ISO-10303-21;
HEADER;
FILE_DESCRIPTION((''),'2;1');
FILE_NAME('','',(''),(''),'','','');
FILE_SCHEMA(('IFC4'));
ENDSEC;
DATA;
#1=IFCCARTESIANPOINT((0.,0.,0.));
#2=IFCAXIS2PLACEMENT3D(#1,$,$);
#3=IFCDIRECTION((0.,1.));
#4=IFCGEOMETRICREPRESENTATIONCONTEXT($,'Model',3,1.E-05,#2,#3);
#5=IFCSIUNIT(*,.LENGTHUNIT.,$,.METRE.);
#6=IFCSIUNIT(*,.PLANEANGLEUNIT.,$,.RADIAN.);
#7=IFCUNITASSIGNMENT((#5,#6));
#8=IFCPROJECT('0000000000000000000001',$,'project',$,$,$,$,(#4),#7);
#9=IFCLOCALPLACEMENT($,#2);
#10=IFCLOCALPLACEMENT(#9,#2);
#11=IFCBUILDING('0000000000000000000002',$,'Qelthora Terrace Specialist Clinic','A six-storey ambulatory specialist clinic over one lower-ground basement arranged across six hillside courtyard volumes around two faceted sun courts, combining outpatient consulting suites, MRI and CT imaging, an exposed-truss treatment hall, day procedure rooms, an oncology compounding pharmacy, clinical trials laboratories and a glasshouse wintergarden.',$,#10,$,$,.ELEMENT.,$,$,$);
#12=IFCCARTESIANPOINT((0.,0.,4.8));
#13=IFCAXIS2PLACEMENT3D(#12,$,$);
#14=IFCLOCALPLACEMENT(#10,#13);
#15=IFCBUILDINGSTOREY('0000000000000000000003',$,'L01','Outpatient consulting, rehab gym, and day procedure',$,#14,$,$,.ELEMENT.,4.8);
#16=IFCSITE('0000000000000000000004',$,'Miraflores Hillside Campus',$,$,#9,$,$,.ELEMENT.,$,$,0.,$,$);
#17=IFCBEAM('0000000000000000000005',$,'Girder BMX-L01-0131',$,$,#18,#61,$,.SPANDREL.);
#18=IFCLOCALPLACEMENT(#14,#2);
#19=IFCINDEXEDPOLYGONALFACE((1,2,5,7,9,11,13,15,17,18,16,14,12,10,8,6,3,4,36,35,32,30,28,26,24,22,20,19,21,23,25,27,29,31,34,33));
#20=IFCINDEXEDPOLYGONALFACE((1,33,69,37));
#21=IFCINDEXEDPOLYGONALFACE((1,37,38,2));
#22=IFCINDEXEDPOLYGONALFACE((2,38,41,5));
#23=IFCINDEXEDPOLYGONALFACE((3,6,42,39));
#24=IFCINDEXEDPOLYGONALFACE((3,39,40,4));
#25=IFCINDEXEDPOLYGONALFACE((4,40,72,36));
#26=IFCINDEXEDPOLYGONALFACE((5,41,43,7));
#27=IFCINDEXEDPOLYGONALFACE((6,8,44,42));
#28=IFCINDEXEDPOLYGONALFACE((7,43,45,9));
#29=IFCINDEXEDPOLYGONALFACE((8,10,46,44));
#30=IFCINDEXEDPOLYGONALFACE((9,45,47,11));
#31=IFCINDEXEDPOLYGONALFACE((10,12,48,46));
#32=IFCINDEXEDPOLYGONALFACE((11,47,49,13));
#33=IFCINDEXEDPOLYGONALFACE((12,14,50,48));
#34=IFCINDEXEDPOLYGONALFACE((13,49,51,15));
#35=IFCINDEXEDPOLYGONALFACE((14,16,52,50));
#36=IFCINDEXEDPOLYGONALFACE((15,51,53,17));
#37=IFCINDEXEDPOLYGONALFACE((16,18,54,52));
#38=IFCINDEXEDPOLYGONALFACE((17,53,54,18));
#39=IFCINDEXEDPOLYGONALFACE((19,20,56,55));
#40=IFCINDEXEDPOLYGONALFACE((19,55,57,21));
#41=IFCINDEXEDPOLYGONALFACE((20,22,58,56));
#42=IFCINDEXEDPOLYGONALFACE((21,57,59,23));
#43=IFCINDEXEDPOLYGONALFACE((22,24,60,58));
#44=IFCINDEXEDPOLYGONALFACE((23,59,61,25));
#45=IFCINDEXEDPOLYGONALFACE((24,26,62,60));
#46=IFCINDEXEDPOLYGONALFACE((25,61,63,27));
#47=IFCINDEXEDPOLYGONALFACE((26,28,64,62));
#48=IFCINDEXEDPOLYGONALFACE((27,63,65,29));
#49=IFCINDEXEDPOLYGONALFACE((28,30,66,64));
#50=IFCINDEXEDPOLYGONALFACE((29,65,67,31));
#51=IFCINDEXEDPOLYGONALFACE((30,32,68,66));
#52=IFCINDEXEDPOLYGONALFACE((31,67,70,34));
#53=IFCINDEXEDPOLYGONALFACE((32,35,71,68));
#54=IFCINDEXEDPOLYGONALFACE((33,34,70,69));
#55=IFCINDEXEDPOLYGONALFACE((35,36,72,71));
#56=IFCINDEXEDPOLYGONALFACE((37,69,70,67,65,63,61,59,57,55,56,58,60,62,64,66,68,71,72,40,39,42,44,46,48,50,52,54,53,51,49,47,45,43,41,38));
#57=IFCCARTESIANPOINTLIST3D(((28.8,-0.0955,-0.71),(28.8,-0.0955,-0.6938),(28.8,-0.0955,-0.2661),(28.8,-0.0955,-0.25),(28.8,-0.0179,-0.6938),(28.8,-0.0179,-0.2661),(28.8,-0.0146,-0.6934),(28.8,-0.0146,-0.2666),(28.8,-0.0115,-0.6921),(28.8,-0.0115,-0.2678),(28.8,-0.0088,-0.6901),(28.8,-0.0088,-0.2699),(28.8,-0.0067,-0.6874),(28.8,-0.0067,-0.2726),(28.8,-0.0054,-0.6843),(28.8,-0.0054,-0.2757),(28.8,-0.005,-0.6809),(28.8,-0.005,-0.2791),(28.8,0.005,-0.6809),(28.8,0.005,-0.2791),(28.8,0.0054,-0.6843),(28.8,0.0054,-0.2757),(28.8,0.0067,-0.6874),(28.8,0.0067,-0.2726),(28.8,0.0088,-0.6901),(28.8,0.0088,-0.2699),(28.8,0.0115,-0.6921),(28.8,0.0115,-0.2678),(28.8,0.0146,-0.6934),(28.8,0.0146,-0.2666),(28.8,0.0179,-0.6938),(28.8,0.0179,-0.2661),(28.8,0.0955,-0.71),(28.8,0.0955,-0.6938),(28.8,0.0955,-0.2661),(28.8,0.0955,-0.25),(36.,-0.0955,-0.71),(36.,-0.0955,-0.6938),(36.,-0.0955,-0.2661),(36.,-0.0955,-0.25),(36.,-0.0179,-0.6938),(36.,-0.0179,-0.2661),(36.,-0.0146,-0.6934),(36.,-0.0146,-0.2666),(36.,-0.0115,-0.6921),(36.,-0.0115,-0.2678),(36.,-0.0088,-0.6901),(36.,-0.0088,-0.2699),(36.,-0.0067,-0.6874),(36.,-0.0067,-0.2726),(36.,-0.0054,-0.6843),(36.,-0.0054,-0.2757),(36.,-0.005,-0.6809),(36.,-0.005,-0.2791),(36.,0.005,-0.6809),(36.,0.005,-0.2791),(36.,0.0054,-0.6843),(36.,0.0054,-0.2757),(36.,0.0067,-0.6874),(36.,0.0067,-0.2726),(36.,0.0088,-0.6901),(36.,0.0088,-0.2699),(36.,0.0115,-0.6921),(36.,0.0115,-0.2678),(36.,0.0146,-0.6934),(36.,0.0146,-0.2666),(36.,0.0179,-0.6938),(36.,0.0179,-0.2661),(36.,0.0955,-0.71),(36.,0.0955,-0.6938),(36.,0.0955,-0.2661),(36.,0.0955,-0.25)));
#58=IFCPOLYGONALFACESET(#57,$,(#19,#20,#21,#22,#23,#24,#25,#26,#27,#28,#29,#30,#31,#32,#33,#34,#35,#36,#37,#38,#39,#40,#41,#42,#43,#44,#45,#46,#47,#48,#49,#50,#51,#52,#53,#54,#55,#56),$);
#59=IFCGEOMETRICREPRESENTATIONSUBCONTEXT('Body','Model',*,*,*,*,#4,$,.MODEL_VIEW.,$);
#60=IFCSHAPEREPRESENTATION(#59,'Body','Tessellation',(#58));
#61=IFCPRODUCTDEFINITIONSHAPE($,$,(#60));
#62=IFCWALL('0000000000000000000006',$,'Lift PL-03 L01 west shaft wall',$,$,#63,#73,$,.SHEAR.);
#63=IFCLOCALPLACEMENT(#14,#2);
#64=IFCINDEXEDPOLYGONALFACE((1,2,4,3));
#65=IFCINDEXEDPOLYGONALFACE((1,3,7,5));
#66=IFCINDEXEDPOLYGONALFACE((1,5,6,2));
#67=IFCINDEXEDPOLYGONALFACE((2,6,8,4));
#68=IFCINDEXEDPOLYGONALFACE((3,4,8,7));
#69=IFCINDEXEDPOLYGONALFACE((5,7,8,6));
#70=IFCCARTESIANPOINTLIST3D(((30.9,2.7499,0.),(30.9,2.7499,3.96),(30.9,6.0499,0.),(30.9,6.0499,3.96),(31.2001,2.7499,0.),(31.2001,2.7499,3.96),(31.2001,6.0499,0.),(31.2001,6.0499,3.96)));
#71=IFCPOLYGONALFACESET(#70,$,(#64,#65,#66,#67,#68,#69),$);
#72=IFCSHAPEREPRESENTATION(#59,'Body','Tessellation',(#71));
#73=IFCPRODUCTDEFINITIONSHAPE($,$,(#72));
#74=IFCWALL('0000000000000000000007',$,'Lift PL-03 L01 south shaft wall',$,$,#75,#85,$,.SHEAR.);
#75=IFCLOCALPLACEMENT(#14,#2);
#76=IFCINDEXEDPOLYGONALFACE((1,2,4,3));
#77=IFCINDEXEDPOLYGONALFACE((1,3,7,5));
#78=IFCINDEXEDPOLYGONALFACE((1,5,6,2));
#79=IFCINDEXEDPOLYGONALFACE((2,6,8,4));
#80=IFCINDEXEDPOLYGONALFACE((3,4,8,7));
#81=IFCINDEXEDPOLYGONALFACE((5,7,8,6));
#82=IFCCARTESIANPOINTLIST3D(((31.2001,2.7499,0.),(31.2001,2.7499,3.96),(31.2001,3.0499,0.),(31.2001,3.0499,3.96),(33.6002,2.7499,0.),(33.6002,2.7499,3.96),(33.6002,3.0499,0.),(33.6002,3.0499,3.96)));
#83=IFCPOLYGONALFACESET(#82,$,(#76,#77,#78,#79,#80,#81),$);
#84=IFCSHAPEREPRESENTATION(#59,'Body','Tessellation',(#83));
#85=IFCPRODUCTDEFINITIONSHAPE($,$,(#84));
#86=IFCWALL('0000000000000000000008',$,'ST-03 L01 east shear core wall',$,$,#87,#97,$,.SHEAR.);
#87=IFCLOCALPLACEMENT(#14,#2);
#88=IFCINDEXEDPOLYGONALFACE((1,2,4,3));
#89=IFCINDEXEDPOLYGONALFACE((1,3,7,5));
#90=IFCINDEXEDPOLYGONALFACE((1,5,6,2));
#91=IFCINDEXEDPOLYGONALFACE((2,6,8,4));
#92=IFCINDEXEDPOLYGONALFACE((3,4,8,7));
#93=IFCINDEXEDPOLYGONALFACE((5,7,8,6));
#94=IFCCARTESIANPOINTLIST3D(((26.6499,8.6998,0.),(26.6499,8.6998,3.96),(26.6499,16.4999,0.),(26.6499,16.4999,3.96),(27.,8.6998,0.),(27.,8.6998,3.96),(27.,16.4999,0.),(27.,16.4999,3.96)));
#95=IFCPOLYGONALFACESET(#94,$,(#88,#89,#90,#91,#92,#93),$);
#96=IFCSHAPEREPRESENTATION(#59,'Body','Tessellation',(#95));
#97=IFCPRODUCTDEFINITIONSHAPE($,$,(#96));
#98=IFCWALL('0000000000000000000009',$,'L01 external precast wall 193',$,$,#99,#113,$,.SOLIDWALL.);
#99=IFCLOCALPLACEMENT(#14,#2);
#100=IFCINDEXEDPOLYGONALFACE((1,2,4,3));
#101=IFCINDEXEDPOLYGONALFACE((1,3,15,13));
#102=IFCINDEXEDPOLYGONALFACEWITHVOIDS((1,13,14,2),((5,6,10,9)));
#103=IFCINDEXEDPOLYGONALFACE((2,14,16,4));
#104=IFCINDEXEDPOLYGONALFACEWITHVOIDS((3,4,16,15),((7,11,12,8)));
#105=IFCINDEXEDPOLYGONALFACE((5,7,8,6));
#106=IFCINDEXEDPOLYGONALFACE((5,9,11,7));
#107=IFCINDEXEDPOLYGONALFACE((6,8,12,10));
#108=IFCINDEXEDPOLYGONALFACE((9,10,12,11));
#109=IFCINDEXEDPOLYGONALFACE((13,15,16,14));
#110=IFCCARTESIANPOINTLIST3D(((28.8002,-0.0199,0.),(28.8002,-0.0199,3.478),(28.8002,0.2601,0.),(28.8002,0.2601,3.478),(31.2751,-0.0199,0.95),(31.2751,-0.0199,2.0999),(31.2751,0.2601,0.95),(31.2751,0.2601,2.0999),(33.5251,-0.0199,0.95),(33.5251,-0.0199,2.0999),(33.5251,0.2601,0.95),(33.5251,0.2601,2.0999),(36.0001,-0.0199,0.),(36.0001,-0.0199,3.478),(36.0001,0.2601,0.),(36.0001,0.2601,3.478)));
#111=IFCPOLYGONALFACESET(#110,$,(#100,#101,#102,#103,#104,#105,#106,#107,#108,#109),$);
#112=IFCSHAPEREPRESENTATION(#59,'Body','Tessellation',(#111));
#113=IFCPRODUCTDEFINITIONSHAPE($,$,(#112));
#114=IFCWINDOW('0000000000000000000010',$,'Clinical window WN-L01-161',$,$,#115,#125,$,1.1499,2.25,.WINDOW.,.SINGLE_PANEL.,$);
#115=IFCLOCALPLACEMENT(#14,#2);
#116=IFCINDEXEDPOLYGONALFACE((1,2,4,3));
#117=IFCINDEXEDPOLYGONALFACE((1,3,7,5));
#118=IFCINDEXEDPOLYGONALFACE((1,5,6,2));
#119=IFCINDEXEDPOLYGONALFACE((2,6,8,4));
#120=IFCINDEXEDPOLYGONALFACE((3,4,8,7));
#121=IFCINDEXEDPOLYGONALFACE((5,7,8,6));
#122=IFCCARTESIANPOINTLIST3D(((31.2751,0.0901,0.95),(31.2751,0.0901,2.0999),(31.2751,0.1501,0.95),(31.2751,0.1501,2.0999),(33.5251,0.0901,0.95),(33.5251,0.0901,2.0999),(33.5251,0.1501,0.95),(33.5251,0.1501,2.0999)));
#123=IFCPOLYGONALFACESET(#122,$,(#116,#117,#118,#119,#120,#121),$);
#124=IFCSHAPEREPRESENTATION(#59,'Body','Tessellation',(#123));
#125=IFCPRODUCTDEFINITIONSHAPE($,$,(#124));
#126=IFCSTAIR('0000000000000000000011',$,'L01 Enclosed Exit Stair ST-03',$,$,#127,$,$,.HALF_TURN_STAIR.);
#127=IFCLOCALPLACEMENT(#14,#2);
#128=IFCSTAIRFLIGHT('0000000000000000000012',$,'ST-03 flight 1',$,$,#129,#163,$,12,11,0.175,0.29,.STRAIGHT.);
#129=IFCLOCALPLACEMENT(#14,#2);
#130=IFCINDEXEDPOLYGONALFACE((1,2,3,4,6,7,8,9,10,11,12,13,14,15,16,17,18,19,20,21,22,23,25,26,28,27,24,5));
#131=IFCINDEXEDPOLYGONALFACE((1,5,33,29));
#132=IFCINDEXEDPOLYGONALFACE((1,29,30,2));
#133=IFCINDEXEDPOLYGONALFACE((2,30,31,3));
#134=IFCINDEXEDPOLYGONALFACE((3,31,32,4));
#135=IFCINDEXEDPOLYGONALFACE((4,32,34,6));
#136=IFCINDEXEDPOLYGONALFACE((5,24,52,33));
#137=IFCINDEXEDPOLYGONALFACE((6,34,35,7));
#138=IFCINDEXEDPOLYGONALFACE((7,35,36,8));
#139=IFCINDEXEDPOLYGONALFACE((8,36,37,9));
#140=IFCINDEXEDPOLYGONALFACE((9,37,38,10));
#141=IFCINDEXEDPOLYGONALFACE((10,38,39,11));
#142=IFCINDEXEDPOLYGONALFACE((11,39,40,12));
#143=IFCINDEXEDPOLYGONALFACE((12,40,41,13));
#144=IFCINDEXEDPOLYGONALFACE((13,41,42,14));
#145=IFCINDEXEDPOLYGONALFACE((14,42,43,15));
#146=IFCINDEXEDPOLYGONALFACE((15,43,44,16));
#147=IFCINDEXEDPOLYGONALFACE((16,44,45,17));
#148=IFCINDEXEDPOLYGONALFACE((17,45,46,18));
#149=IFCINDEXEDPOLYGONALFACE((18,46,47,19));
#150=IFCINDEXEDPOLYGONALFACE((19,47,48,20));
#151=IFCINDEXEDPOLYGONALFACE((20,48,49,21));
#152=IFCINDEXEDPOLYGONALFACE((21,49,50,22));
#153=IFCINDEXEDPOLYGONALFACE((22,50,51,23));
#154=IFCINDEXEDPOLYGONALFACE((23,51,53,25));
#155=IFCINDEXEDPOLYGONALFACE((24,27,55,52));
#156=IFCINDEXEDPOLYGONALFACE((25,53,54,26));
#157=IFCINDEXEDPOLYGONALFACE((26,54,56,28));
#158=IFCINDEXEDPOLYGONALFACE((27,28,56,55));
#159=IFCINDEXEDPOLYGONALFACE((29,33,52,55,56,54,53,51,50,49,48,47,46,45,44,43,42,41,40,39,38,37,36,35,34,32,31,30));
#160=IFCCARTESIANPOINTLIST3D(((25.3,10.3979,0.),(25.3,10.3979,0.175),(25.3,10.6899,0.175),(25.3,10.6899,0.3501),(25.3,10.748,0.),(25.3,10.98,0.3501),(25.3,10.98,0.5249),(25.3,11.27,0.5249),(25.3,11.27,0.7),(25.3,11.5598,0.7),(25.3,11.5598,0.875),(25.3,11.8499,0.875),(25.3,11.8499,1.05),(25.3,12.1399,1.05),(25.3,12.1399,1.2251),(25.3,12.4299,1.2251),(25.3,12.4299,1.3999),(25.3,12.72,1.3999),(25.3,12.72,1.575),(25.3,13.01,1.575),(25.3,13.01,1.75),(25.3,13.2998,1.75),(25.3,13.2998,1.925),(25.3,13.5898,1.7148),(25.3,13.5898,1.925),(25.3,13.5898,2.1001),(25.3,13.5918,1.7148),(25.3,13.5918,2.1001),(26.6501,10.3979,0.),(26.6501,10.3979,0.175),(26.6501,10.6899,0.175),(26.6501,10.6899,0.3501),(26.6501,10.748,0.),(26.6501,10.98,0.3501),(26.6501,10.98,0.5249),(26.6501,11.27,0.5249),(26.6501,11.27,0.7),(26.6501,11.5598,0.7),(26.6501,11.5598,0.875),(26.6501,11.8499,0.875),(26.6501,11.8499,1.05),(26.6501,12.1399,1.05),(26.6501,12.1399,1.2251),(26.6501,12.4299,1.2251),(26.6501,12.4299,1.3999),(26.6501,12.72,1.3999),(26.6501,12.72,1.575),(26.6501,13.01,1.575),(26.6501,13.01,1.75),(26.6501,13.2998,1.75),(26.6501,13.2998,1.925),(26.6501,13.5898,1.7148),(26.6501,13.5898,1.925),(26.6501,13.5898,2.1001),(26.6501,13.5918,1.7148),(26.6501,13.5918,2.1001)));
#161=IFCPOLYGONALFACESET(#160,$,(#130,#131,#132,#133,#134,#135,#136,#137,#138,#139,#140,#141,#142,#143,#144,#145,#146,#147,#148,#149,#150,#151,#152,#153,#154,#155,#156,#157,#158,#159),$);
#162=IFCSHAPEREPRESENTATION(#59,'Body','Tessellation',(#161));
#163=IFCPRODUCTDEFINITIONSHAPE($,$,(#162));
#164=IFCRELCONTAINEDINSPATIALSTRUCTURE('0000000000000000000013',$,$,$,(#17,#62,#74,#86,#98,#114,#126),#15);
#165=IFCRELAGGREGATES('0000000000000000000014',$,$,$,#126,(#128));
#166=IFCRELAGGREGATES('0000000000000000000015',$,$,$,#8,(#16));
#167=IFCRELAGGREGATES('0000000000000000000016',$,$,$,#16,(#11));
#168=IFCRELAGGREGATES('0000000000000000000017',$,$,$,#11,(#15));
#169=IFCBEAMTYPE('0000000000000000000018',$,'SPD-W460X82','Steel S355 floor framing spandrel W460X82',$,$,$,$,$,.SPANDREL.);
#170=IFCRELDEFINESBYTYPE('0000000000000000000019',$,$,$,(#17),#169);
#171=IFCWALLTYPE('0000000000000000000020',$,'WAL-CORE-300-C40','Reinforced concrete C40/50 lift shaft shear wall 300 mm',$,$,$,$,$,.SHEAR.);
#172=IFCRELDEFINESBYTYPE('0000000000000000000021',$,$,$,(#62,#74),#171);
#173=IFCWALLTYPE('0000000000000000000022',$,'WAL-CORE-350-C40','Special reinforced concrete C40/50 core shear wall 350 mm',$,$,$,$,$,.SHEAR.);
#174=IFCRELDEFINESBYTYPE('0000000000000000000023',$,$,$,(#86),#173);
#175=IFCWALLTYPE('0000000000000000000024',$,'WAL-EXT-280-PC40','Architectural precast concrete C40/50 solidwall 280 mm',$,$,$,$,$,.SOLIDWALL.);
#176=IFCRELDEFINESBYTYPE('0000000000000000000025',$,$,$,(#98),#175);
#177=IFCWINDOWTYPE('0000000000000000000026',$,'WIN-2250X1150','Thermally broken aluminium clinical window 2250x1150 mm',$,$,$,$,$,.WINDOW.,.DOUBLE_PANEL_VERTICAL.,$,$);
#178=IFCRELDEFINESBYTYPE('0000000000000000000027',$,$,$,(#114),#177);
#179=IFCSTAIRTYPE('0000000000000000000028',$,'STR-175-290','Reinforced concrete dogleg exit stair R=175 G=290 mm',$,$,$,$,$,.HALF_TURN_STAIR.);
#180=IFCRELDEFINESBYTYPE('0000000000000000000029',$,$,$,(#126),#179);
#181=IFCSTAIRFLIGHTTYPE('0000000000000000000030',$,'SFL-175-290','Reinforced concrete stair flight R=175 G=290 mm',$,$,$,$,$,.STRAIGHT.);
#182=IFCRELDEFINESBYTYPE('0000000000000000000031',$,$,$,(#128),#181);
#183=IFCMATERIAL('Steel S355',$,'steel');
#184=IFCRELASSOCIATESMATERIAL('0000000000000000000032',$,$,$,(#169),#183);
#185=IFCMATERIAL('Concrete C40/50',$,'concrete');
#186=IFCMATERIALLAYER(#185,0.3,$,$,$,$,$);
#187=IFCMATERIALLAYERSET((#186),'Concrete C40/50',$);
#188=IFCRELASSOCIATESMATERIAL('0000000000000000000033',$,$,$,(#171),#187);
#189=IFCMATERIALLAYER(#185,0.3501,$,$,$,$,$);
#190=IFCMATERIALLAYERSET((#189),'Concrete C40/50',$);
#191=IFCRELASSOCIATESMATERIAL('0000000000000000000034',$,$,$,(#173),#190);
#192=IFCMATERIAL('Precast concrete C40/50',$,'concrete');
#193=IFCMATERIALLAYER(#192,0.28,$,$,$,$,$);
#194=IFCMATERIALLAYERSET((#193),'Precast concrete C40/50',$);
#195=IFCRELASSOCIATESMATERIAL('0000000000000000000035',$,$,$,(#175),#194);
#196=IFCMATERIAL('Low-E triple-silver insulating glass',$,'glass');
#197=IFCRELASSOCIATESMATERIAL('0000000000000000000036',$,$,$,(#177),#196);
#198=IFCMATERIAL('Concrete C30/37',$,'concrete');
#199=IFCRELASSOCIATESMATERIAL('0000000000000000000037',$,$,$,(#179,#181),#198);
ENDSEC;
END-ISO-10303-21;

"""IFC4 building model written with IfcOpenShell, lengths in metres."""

from ifc_helpers import new_model, si_unit, direction, frame, frame_2d, origin, origin_2d, place, context, subcontext, project, spatial, polyline, rectangle, i_section, outline, extrude, material, layer, layer_set, material_profile, profile_set, type_object, element, fill, aggregate, save


model = new_model("IFC4")

# Units and contexts
model_context = context("Model", 3, precision=1e-05, world=origin(), true_north=direction((0.0, 1.0)))
body_context = subcontext(model_context, "Body", "Model", "MODEL_VIEW")
ifc_project = project(units=[si_unit("LENGTHUNIT", "METRE"), si_unit("PLANEANGLEUNIT", "RADIAN")], contexts=[model_context])

# Site, building, storey
site_placement = place(None, origin())
site = spatial("IfcSite", under=ifc_project, at=site_placement, Name="Miraflores Hillside Campus", CompositionType="ELEMENT", RefElevation=0.0)
building_placement = place(site_placement, origin())
building = spatial("IfcBuilding", under=site, at=building_placement, Name="Qelthora Terrace Specialist Clinic", Description="A six-storey ambulatory specialist clinic over one lower-ground basement arranged across six hillside courtyard volumes around two faceted sun courts, combining outpatient consulting suites, MRI and CT imaging, an exposed-truss treatment hall, day procedure rooms, an oncology compounding pharmacy, clinical trials laboratories and a glasshouse wintergarden.", CompositionType="ELEMENT")
storey_placement = place(building_placement, frame((0.0, 0.0, 4.8)))
storey = spatial("IfcBuildingStorey", under=building, at=storey_placement, Name="L01", Description="Outpatient consulting, rehab gym, and day procedure", CompositionType="ELEMENT", Elevation=4.8)

# Shared definitions
ifc_material_1 = material(Name="Steel S355", Category="steel")

# Beam
ifc_material_profile_1 = material_profile(ifc_material_1, i_section(OverallWidth=0.1909, OverallDepth=0.46, WebThickness=0.01, FlangeThickness=0.0161, FilletRadius=0.0129, at=origin_2d()), Name="W460X82")
ifc_profile_set_1 = profile_set([ifc_material_profile_1], Name="Steel S355")
beam_type_1 = type_object("IfcBeamType", Name="SPD-W460X82", Description="Steel S355 floor framing spandrel W460X82", PredefinedType="SPANDREL", material=ifc_profile_set_1)
beam_1_placement = place(storey_placement, frame((28.8, 0.0, -0.48), z_axis=(1.0, 0.0, 0.0), x_axis=(0.0, 1.0, 0.0)))
element("IfcBeam", 1, at=beam_1_placement, inside=storey, type_object=beam_type_1, Name="Girder BMX-L01-0131", PredefinedType="SPANDREL", context=body_context, shape_type="SweptSolid", body=[
    extrude(i_section(OverallWidth=0.1909, OverallDepth=0.46, WebThickness=0.01, FlangeThickness=0.0161, FilletRadius=0.0129, at=origin_2d()), origin(), (0.0, 0.0, 1.0), 7.2),
])

# Wall
ifc_material_2 = material(Name="Concrete C40/50", Category="concrete")
ifc_layer_1 = layer(ifc_material_2, 0.3)
ifc_layer_set_1 = layer_set([ifc_layer_1], Name="Concrete C40/50")
wall_type_1 = type_object("IfcWallType", Name="WAL-CORE-300-C40", Description="Reinforced concrete C40/50 lift shaft shear wall 300 mm", PredefinedType="SHEAR", material=ifc_layer_set_1)
wall_1_placement = place(storey_placement, frame((31.05, 2.75, 0.0), z_axis=(0.0, 0.0, 1.0), x_axis=(0.0, 1.0, 0.0)))
element("IfcWall", 2, at=wall_1_placement, inside=storey, type_object=wall_type_1, Name="Lift PL-03 L01 west shaft wall", PredefinedType="SHEAR", context=body_context, shape_type="SweptSolid", body=[
    extrude(rectangle(XDim=3.3, YDim=0.3, at=frame_2d((1.6499, 0.0))), origin(), (0.0, 0.0, 1.0), 3.96),
])

# Walls
wall_2_placement = place(storey_placement, frame((31.2, 2.8999, 0.0), z_axis=(0.0, 0.0, 1.0), x_axis=(1.0, 0.0, 0.0)))
element("IfcWall", 3, at=wall_2_placement, inside=storey, type_object=wall_type_1, Name="Lift PL-03 L01 south shaft wall", PredefinedType="SHEAR", context=body_context, shape_type="SweptSolid", body=[
    extrude(rectangle(XDim=2.4001, YDim=0.3, at=frame_2d((1.2002, 0.0))), origin(), (0.0, 0.0, 1.0), 3.96),
])
ifc_layer_2 = layer(ifc_material_2, 0.3501)
ifc_layer_set_2 = layer_set([ifc_layer_2], Name="Concrete C40/50")
wall_type_2 = type_object("IfcWallType", Name="WAL-CORE-350-C40", Description="Special reinforced concrete C40/50 core shear wall 350 mm", PredefinedType="SHEAR", material=ifc_layer_set_2)
wall_3_placement = place(storey_placement, frame((26.825, 8.7, 0.0), z_axis=(0.0, 0.0, 1.0), x_axis=(0.0, 1.0, 0.0)))
element("IfcWall", 4, at=wall_3_placement, inside=storey, type_object=wall_type_2, Name="ST-03 L01 east shear core wall", PredefinedType="SHEAR", context=body_context, shape_type="SweptSolid", body=[
    extrude(rectangle(XDim=7.8, YDim=0.3501, at=frame_2d((3.8999, 0.0))), origin(), (0.0, 0.0, 1.0), 3.96),
])

# Wall, opening, window
ifc_material_3 = material(Name="Precast concrete C40/50", Category="concrete")
ifc_layer_3 = layer(ifc_material_3, 0.28)
ifc_layer_set_3 = layer_set([ifc_layer_3], Name="Precast concrete C40/50")
wall_type_3 = type_object("IfcWallType", Name="WAL-EXT-280-PC40", Description="Architectural precast concrete C40/50 solidwall 280 mm", PredefinedType="SOLIDWALL", material=ifc_layer_set_3)
wall_4_placement = place(storey_placement, frame((28.8, 0.1201, 0.0), z_axis=(0.0, 0.0, 1.0), x_axis=(1.0, 0.0, 0.0)))
wall_4 = element("IfcWall", 5, at=wall_4_placement, inside=storey, type_object=wall_type_3, Name="L01 external precast wall 193", PredefinedType="SOLIDWALL", context=body_context, shape_type="SweptSolid", body=[
    extrude(rectangle(XDim=7.2, YDim=0.28, at=frame_2d((3.6001, 0.0))), origin(), (0.0, 0.0, 1.0), 3.478),
])
opening_1_placement = place(wall_4_placement, frame((2.4751, 0.0, 0.95)))
opening_1 = element("IfcOpeningElement", 6, at=opening_1_placement, cuts=wall_4, PredefinedType="OPENING", context=body_context, shape_type="SweptSolid", body=[
    extrude(rectangle(XDim=2.25, YDim=1.1499, at=frame_2d((1.125, 0.575))), frame((0.0, 0.1499, 0.0), z_axis=(0.0, -1.0, 0.0), x_axis=(1.0, 0.0, 0.0)), (0.0, 0.0, 1.0), 0.3),
])
ifc_material_4 = material(Name="Low-E triple-silver insulating glass", Category="glass")
window_type = type_object("IfcWindowType", Name="WIN-2250X1150", Description="Thermally broken aluminium clinical window 2250x1150 mm", PartitioningType="DOUBLE_PANEL_VERTICAL", PredefinedType="WINDOW", material=ifc_material_4)
window_placement = place(opening_1_placement, origin())
window = element("IfcWindow", 7, at=window_placement, inside=storey, type_object=window_type, Name="Clinical window WN-L01-161", OverallHeight=1.1499, OverallWidth=2.25, PartitioningType="SINGLE_PANEL", PredefinedType="WINDOW", context=body_context, shape_type="SweptSolid", body=[
    extrude(rectangle(XDim=2.25, YDim=1.1499, at=frame_2d((1.125, 0.575))), frame((0.0, 0.03, 0.0), z_axis=(0.0, -1.0, 0.0), x_axis=(1.0, 0.0, 0.0)), (0.0, 0.0, 1.0), 0.0601),
])
fill(opening_1, window)

# Stair, stair flight
ifc_material_5 = material(Name="Concrete C30/37", Category="concrete")
stair_type = type_object("IfcStairType", Name="STR-175-290", Description="Reinforced concrete dogleg exit stair R=175 G=290 mm", PredefinedType="HALF_TURN_STAIR", material=ifc_material_5)
stair_placement = place(storey_placement, origin())
stair = element("IfcStair", 8, at=stair_placement, inside=storey, type_object=stair_type, Name="L01 Enclosed Exit Stair ST-03", PredefinedType="HALF_TURN_STAIR")
stair_flight_type = type_object("IfcStairFlightType", Name="SFL-175-290", Description="Reinforced concrete stair flight R=175 G=290 mm", PredefinedType="STRAIGHT", material=ifc_material_5)
stair_flight_placement = place(storey_placement, frame((25.9751, 10.3999, 0.0), z_axis=(0.0, 0.0, 1.0), x_axis=(0.0, 1.0, 0.0)))
stair_flight = element("IfcStairFlight", 9, at=stair_flight_placement, type_object=stair_flight_type, Name="ST-03 flight 1", NumberOfRisers=12, NumberOfTreads=11, PredefinedType="STRAIGHT", RiserHeight=0.175, TreadLength=0.29, context=body_context, shape_type="SweptSolid", body=[
    extrude(outline(polyline([(-0.002, 0.0), (-0.002, 0.175), (0.29, 0.175), (0.29, 0.3501), (0.5801, 0.3501), (0.5801, 0.5249), (0.8701, 0.5249), (0.8701, 0.7), (1.1599, 0.7), (1.1599, 0.875), (1.45, 0.875), (1.45, 1.05), (1.74, 1.05), (1.74, 1.2251), (2.03, 1.2251), (2.03, 1.3999), (2.3201, 1.3999), (2.3201, 1.575), (2.6101, 1.575), (2.6101, 1.75), (2.8999, 1.75), (2.8999, 1.925), (3.1899, 1.925), (3.1899, 2.1001), (3.1919, 2.1001), (3.1919, 1.7148), (3.1899, 1.7148), (0.3481, 0.0), (-0.002, 0.0)])), frame((0.0, 0.675, 0.0), z_axis=(0.0, -1.0, 0.0), x_axis=(1.0, 0.0, 0.0)), (0.0, 0.0, 1.0), 1.3501),
])
aggregate(stair, [stair_flight])

save(model, "model.ifc")
